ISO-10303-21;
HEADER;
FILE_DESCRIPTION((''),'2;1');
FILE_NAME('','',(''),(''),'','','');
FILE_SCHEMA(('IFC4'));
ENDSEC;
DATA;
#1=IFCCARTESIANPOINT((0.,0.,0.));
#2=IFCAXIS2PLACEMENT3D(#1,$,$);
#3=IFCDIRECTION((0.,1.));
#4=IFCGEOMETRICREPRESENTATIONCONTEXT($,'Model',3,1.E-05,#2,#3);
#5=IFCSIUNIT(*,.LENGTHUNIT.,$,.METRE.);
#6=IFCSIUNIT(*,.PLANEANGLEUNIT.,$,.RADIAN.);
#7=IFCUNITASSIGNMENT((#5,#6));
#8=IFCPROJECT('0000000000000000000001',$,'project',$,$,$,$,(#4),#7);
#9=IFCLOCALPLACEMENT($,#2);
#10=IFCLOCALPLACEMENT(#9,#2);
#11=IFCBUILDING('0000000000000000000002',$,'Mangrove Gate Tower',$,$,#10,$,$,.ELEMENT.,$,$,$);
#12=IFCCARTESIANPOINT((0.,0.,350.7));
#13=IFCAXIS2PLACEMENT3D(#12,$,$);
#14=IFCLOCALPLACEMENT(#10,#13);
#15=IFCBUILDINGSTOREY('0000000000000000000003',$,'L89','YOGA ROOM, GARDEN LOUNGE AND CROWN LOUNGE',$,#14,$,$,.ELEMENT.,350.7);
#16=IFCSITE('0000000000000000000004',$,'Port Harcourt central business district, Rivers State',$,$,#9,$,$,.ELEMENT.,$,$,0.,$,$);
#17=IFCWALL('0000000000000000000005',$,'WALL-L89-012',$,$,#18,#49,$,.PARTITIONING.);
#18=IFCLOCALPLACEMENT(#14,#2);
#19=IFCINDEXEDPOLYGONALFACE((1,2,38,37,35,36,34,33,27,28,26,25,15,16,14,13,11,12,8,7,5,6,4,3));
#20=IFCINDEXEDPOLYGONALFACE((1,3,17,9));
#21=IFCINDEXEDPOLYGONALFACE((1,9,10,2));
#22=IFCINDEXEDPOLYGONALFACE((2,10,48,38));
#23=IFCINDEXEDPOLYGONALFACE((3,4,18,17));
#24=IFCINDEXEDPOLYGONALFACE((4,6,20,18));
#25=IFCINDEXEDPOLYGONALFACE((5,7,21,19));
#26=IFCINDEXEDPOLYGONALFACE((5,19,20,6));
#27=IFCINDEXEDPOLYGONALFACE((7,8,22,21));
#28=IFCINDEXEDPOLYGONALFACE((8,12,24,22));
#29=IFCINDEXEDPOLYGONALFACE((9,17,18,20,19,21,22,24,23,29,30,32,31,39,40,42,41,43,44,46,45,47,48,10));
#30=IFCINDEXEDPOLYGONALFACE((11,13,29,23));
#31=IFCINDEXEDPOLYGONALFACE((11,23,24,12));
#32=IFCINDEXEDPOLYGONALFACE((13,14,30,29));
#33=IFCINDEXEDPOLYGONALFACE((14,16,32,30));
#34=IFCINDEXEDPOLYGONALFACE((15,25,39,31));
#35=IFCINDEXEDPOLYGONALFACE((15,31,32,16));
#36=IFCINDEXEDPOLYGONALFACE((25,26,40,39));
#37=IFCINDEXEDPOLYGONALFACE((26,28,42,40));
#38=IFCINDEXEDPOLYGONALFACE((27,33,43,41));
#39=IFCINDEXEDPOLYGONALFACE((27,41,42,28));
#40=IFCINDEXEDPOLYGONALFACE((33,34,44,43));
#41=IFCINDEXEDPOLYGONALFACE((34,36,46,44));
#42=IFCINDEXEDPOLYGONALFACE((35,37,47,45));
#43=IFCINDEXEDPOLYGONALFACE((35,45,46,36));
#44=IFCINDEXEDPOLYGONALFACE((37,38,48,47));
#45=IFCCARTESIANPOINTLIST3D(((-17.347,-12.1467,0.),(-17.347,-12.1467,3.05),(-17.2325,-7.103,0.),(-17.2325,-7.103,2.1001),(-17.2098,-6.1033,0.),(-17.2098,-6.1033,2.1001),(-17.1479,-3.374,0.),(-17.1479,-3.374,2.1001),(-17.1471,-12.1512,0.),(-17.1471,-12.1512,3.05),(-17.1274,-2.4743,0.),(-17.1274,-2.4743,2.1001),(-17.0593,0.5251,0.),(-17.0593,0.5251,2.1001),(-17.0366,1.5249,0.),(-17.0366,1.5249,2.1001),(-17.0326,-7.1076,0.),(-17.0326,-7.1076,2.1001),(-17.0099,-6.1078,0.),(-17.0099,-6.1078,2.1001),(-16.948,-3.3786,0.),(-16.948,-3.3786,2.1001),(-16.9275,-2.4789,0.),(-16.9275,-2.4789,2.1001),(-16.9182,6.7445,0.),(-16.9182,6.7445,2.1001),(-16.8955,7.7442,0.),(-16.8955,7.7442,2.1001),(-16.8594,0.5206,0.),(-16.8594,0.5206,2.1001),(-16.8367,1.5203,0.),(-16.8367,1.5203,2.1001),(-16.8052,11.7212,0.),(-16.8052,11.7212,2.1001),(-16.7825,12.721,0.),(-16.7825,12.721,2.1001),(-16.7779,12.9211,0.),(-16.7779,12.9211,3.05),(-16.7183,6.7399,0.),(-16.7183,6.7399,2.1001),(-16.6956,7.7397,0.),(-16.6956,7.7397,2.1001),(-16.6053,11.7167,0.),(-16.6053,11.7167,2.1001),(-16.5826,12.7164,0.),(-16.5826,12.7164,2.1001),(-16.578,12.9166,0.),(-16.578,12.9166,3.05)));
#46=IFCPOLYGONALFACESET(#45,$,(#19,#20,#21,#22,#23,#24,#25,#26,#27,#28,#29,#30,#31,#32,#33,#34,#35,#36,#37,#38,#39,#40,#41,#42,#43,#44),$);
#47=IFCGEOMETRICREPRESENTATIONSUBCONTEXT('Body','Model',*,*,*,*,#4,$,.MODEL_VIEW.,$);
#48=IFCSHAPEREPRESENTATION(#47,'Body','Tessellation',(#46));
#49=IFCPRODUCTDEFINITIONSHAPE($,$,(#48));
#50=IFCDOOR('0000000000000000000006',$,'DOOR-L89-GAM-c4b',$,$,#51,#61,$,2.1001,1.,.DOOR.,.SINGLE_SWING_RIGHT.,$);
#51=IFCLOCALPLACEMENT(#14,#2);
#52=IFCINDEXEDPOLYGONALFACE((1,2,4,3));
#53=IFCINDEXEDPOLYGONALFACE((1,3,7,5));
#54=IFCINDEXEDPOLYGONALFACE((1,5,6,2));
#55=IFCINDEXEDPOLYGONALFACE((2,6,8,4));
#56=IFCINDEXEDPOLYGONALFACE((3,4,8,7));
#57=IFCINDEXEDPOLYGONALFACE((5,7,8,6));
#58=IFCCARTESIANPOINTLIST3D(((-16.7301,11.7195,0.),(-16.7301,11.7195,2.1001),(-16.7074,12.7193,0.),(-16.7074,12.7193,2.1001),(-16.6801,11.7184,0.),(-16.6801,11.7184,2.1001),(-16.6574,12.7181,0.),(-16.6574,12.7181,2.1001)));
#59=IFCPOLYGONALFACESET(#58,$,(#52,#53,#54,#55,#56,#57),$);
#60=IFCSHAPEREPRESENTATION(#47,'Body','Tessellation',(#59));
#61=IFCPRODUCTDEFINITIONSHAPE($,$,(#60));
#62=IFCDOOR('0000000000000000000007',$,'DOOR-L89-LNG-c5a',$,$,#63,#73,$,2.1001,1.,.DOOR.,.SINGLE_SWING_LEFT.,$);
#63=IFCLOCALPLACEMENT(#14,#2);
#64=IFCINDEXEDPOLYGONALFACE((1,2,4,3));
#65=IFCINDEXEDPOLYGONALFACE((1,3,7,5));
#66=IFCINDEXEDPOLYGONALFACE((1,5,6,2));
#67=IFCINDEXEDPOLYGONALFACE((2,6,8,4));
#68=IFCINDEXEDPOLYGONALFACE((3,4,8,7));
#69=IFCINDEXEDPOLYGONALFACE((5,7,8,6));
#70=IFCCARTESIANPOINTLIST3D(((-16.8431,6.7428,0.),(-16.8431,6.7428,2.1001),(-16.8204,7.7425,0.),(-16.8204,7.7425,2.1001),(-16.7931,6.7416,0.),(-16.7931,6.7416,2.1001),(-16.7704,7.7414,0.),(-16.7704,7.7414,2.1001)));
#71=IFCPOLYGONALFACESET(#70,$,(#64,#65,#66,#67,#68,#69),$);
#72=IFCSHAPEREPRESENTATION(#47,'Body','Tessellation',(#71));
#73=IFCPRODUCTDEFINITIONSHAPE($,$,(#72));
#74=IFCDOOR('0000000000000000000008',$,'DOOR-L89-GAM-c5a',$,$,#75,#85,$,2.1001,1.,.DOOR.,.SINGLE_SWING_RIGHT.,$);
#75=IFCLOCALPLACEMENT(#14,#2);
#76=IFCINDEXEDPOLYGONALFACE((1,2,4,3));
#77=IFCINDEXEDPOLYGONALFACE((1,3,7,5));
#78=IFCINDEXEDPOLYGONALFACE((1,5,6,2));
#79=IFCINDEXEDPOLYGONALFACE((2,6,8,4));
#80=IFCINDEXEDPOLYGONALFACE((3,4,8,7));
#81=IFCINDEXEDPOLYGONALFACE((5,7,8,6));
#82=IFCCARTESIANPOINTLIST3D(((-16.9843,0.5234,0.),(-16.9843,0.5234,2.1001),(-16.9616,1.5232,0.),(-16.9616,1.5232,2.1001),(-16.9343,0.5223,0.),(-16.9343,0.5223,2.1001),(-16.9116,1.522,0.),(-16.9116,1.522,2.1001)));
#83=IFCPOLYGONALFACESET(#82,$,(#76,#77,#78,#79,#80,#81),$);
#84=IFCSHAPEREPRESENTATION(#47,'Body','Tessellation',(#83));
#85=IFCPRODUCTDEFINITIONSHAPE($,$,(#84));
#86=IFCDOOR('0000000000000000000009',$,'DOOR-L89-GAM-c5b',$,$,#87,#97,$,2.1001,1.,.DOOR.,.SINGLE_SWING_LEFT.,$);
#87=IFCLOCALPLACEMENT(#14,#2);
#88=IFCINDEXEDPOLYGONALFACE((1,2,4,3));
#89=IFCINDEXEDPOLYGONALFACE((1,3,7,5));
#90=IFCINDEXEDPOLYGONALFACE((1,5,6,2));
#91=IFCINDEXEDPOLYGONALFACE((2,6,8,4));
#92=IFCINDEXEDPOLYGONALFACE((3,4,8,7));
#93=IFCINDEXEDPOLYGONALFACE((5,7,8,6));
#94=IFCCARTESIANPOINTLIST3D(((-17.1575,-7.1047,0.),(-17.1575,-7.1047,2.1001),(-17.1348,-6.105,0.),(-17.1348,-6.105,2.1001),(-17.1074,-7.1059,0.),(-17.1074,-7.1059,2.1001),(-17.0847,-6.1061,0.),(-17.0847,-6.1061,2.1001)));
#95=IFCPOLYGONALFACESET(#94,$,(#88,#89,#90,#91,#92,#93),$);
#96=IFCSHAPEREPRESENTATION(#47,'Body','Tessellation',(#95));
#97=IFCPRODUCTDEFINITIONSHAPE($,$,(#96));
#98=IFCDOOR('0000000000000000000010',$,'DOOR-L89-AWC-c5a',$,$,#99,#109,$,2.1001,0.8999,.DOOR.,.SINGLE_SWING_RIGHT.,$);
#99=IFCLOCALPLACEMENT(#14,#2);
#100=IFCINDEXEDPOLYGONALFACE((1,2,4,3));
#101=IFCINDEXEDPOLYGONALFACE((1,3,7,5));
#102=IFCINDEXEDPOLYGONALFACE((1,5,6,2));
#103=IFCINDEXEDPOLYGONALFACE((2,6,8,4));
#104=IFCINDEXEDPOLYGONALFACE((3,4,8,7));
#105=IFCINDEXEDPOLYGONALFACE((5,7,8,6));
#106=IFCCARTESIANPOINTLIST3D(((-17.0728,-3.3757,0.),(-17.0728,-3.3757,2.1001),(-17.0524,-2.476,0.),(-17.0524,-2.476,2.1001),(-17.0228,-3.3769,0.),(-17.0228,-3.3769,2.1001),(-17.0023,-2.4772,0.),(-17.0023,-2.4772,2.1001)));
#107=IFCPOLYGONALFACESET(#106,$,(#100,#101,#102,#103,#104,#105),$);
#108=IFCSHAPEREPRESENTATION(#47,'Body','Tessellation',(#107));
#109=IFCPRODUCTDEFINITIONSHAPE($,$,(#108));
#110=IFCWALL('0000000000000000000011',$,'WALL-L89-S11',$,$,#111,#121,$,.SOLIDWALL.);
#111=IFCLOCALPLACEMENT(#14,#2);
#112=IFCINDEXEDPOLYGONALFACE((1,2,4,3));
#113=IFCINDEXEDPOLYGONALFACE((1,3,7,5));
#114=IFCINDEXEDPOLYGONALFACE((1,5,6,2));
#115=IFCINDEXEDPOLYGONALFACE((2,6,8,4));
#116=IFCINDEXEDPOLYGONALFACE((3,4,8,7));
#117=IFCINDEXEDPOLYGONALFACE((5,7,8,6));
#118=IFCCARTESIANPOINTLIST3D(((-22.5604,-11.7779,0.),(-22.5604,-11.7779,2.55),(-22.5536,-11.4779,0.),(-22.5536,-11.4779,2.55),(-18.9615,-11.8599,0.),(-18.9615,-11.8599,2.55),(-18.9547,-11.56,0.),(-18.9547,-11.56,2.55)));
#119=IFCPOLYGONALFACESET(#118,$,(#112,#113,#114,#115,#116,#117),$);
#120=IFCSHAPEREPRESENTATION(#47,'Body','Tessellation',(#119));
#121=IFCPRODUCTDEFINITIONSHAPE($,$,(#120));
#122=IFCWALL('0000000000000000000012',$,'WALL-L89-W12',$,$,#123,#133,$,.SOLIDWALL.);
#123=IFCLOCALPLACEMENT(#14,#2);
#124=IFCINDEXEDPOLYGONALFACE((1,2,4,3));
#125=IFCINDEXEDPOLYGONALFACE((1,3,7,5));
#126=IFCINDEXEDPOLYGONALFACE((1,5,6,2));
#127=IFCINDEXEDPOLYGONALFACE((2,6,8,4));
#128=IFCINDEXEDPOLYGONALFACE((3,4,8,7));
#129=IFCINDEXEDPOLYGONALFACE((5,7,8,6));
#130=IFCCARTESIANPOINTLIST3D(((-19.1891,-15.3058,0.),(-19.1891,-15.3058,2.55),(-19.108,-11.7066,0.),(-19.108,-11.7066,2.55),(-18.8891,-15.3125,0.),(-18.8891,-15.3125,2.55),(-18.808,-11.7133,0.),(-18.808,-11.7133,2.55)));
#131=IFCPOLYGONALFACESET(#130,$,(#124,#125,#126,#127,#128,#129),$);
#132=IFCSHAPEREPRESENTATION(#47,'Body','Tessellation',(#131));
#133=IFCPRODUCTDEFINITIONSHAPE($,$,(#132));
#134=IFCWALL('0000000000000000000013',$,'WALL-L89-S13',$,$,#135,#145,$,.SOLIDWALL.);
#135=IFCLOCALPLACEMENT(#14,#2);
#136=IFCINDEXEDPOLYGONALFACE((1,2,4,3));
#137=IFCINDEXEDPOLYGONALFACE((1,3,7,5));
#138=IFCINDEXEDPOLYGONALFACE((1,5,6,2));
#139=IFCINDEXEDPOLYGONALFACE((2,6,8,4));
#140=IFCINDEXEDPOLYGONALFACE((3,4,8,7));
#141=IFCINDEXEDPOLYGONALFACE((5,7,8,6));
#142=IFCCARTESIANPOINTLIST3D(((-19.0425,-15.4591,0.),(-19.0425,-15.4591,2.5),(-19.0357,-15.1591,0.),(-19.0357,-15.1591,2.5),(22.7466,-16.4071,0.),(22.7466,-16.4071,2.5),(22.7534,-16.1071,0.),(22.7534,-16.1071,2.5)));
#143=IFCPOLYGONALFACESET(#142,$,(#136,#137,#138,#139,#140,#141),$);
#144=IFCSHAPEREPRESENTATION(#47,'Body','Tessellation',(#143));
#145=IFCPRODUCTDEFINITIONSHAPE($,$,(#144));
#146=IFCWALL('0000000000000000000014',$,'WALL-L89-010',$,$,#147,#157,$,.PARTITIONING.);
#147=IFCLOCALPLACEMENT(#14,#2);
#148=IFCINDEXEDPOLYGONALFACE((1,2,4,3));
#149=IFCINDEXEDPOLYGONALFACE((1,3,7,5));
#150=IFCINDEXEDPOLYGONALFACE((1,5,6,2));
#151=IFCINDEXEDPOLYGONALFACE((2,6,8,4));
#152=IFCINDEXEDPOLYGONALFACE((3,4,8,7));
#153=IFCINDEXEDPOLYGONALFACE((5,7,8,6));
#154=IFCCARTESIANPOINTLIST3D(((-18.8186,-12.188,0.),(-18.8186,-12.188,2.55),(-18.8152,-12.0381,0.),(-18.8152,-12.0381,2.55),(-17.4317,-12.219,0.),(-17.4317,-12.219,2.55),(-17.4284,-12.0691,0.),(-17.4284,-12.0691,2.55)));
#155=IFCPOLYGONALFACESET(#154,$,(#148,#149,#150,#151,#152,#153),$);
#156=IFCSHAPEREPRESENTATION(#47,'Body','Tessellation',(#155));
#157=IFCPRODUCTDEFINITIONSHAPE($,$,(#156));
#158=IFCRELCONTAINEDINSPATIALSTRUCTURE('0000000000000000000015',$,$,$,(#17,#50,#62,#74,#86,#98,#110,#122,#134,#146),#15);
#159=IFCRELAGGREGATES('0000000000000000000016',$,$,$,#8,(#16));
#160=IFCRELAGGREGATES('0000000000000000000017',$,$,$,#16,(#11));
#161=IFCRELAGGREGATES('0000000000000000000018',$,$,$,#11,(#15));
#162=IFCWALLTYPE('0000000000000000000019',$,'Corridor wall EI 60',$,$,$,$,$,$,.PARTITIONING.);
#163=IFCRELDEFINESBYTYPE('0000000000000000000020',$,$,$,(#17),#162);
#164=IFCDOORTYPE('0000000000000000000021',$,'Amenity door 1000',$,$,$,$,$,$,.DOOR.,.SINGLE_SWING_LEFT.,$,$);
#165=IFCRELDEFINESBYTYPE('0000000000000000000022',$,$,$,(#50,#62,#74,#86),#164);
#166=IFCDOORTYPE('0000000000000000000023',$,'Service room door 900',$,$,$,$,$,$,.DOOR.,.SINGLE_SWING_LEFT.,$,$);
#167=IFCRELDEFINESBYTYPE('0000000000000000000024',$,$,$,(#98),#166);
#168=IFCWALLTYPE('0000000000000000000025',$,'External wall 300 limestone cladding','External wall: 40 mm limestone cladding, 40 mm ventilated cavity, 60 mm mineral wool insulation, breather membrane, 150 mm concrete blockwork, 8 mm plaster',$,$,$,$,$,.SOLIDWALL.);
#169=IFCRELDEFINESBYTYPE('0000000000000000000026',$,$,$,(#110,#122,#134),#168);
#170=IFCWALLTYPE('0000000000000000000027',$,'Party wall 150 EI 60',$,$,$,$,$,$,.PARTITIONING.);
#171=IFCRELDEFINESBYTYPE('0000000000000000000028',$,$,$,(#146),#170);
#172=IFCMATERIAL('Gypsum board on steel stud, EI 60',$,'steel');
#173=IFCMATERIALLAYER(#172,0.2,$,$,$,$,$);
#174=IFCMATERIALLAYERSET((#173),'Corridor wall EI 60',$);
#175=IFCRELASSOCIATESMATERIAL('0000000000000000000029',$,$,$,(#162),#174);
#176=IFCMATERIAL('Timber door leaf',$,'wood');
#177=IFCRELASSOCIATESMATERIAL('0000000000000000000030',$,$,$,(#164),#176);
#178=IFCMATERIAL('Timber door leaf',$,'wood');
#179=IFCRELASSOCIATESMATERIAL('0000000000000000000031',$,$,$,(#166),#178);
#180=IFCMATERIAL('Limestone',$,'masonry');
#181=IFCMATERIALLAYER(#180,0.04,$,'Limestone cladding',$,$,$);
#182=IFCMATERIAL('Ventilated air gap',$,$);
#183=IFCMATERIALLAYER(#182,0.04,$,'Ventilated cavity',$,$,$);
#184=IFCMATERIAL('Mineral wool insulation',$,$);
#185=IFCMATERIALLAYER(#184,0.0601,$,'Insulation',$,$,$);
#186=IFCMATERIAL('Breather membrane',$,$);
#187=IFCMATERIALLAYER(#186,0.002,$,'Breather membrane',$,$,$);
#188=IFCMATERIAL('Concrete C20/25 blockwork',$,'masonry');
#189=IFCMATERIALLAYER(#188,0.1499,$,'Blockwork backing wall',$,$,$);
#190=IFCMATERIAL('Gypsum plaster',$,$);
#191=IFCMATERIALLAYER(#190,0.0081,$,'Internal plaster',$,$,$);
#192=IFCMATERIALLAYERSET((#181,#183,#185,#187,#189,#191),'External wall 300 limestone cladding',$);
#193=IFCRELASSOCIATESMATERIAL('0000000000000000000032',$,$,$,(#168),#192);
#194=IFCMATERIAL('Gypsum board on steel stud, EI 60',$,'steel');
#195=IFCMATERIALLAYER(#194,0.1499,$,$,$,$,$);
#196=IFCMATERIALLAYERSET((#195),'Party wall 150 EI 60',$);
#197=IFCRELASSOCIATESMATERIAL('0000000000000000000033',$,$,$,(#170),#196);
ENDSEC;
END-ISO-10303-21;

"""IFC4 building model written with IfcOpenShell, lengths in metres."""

from ifc_helpers import new_model, si_unit, direction, frame, frame_2d, origin, place, context, subcontext, project, spatial, rectangle, extrude, material, layer, layer_set, type_object, element, fill, save


model = new_model("IFC4")

# Units and contexts
model_context = context("Model", 3, precision=1e-05, world=origin(), true_north=direction((0.0, 1.0)))
body_context = subcontext(model_context, "Body", "Model", "MODEL_VIEW")
ifc_project = project(units=[si_unit("LENGTHUNIT", "METRE"), si_unit("PLANEANGLEUNIT", "RADIAN")], contexts=[model_context])

# Site, building, storey
site_placement = place(None, origin())
site = spatial("IfcSite", under=ifc_project, at=site_placement, Name="Port Harcourt central business district, Rivers State", CompositionType="ELEMENT", RefElevation=0.0)
building_placement = place(site_placement, origin())
building = spatial("IfcBuilding", under=site, at=building_placement, Name="Mangrove Gate Tower", CompositionType="ELEMENT")
storey_placement = place(building_placement, frame((0.0, 0.0, 350.7)))
storey = spatial("IfcBuildingStorey", under=building, at=storey_placement, Name="L89", Description="YOGA ROOM, GARDEN LOUNGE AND CROWN LOUNGE", CompositionType="ELEMENT", Elevation=350.7)

# Shared definitions
ifc_material_1 = material(Name="Gypsum board on steel stud, EI 60", Category="steel")
ifc_layer_1 = layer(ifc_material_1, 0.2)
ifc_layer_set_1 = layer_set([ifc_layer_1], Name="Corridor wall EI 60")
wall_type_1 = type_object("IfcWallType", Name="Corridor wall EI 60", PredefinedType="PARTITIONING", material=ifc_layer_set_1)

# Shared definitions
ifc_material_2 = material(Name="Timber door leaf", Category="wood")
door_type_1 = type_object("IfcDoorType", Name="Amenity door 1000", OperationType="SINGLE_SWING_LEFT", PredefinedType="DOOR", material=ifc_material_2)
ifc_material_3 = material(Name="Timber door leaf", Category="wood")
door_type_2 = type_object("IfcDoorType", Name="Service room door 900", OperationType="SINGLE_SWING_LEFT", PredefinedType="DOOR", material=ifc_material_3)

# Wall, openings, doors
wall_1_placement = place(storey_placement, frame((-17.2471, -12.1489, 0.0), z_axis=(0.0, 0.0, 1.0), x_axis=(0.022696, 0.999742, 0.0)))
wall_1 = element("IfcWall", 1, at=wall_1_placement, inside=storey, type_object=wall_type_1, Name="WALL-L89-012", PredefinedType="PARTITIONING", context=body_context, shape_type="SweptSolid", body=[
    extrude(rectangle(XDim=25.0742, YDim=0.2, at=frame_2d((12.5371, 0.0))), origin(), (0.0, 0.0, 1.0), 3.05),
])
opening_1_placement = place(wall_1_placement, frame((23.874, 0.0, 0.0)))
opening_1 = element("IfcOpeningElement", 2, at=opening_1_placement, cuts=wall_1, PredefinedType="OPENING", context=body_context, shape_type="SweptSolid", body=[
    extrude(rectangle(XDim=1.0, YDim=2.1001, at=frame_2d((0.5, 1.05))), frame((0.0, 0.1099, 0.0), z_axis=(0.0, -1.0, 0.0), x_axis=(1.0, 0.0, 0.0)), (0.0, 0.0, 1.0), 0.22),
])
opening_2_placement = place(wall_1_placement, frame((18.896, 0.0, 0.0)))
opening_2 = element("IfcOpeningElement", 3, at=opening_2_placement, cuts=wall_1, PredefinedType="OPENING", context=body_context, shape_type="SweptSolid", body=[
    extrude(rectangle(XDim=1.0, YDim=2.1001, at=frame_2d((0.5, 1.05))), frame((0.0, 0.1099, 0.0), z_axis=(0.0, -1.0, 0.0), x_axis=(1.0, 0.0, 0.0)), (0.0, 0.0, 1.0), 0.22),
])
opening_3_placement = place(wall_1_placement, frame((12.675, 0.0, 0.0)))
opening_3 = element("IfcOpeningElement", 4, at=opening_3_placement, cuts=wall_1, PredefinedType="OPENING", context=body_context, shape_type="SweptSolid", body=[
    extrude(rectangle(XDim=1.0, YDim=2.1001, at=frame_2d((0.5, 1.05))), frame((0.0, 0.1099, 0.0), z_axis=(0.0, -1.0, 0.0), x_axis=(1.0, 0.0, 0.0)), (0.0, 0.0, 1.0), 0.22),
])
opening_4_placement = place(wall_1_placement, frame((8.7749, 0.0, 0.0)))
opening_4 = element("IfcOpeningElement", 5, at=opening_4_placement, cuts=wall_1, PredefinedType="OPENING", context=body_context, shape_type="SweptSolid", body=[
    extrude(rectangle(XDim=0.8999, YDim=2.1001, at=frame_2d((0.45, 1.05))), frame((0.0, 0.1099, 0.0), z_axis=(0.0, -1.0, 0.0), x_axis=(1.0, 0.0, 0.0)), (0.0, 0.0, 1.0), 0.22),
])
opening_5_placement = place(wall_1_placement, frame((5.0449, 0.0, 0.0)))
opening_5 = element("IfcOpeningElement", 6, at=opening_5_placement, cuts=wall_1, PredefinedType="OPENING", context=body_context, shape_type="SweptSolid", body=[
    extrude(rectangle(XDim=1.0, YDim=2.1001, at=frame_2d((0.5, 1.05))), frame((0.0, 0.1099, 0.0), z_axis=(0.0, -1.0, 0.0), x_axis=(1.0, 0.0, 0.0)), (0.0, 0.0, 1.0), 0.22),
])
door_1_placement = place(opening_1_placement, origin())
door_1 = element("IfcDoor", 7, at=door_1_placement, inside=storey, type_object=door_type_1, Name="DOOR-L89-GAM-c4b", OperationType="SINGLE_SWING_RIGHT", OverallHeight=2.1001, OverallWidth=1.0, PredefinedType="DOOR", context=body_context, shape_type="SweptSolid", body=[
    extrude(rectangle(XDim=1.0, YDim=2.1001, at=frame_2d((0.5, 1.05))), frame((0.0, 0.0249, 0.0), z_axis=(0.0, -1.0, 0.0), x_axis=(1.0, 0.0, 0.0)), (0.0, 0.0, 1.0), 0.05),
])
fill(opening_1, door_1)
door_2_placement = place(opening_2_placement, origin())
door_2 = element("IfcDoor", 8, at=door_2_placement, inside=storey, type_object=door_type_1, Name="DOOR-L89-LNG-c5a", OperationType="SINGLE_SWING_LEFT", OverallHeight=2.1001, OverallWidth=1.0, PredefinedType="DOOR", context=body_context, shape_type="SweptSolid", body=[
    extrude(rectangle(XDim=1.0, YDim=2.1001, at=frame_2d((0.5, 1.05))), frame((0.0, 0.0249, 0.0), z_axis=(0.0, -1.0, 0.0), x_axis=(1.0, 0.0, 0.0)), (0.0, 0.0, 1.0), 0.05),
])
fill(opening_2, door_2)
door_3_placement = place(opening_3_placement, origin())
door_3 = element("IfcDoor", 9, at=door_3_placement, inside=storey, type_object=door_type_1, Name="DOOR-L89-GAM-c5a", OperationType="SINGLE_SWING_RIGHT", OverallHeight=2.1001, OverallWidth=1.0, PredefinedType="DOOR", context=body_context, shape_type="SweptSolid", body=[
    extrude(rectangle(XDim=1.0, YDim=2.1001, at=frame_2d((0.5, 1.05))), frame((0.0, 0.0249, 0.0), z_axis=(0.0, -1.0, 0.0), x_axis=(1.0, 0.0, 0.0)), (0.0, 0.0, 1.0), 0.05),
])
fill(opening_3, door_3)
door_4_placement = place(opening_5_placement, origin())
door_4 = element("IfcDoor", 10, at=door_4_placement, inside=storey, type_object=door_type_1, Name="DOOR-L89-GAM-c5b", OperationType="SINGLE_SWING_LEFT", OverallHeight=2.1001, OverallWidth=1.0, PredefinedType="DOOR", context=body_context, shape_type="SweptSolid", body=[
    extrude(rectangle(XDim=1.0, YDim=2.1001, at=frame_2d((0.5, 1.05))), frame((0.0, 0.0249, 0.0), z_axis=(0.0, -1.0, 0.0), x_axis=(1.0, 0.0, 0.0)), (0.0, 0.0, 1.0), 0.05),
])
fill(opening_5, door_4)
door_5_placement = place(opening_4_placement, origin())
door_5 = element("IfcDoor", 11, at=door_5_placement, inside=storey, type_object=door_type_2, Name="DOOR-L89-AWC-c5a", OperationType="SINGLE_SWING_RIGHT", OverallHeight=2.1001, OverallWidth=0.8999, PredefinedType="DOOR", context=body_context, shape_type="SweptSolid", body=[
    extrude(rectangle(XDim=0.8999, YDim=2.1001, at=frame_2d((0.45, 1.05))), frame((0.0, 0.0249, 0.0), z_axis=(0.0, -1.0, 0.0), x_axis=(1.0, 0.0, 0.0)), (0.0, 0.0, 1.0), 0.05),
])
fill(opening_4, door_5)

# Walls
ifc_material_4 = material(Name="Limestone", Category="masonry")
ifc_layer_2 = layer(ifc_material_4, 0.04, Name="Limestone cladding")
ifc_material_5 = material(Name="Ventilated air gap")
ifc_layer_3 = layer(ifc_material_5, 0.04, Name="Ventilated cavity")
ifc_material_6 = material(Name="Mineral wool insulation")
ifc_layer_4 = layer(ifc_material_6, 0.0601, Name="Insulation")
ifc_material_7 = material(Name="Breather membrane")
ifc_layer_5 = layer(ifc_material_7, 0.002, Name="Breather membrane")
ifc_material_8 = material(Name="Concrete C20/25 blockwork", Category="masonry")
ifc_layer_6 = layer(ifc_material_8, 0.1499, Name="Blockwork backing wall")
ifc_material_9 = material(Name="Gypsum plaster")
ifc_layer_7 = layer(ifc_material_9, 0.0081, Name="Internal plaster")
ifc_layer_set_2 = layer_set([ifc_layer_2, ifc_layer_3, ifc_layer_4, ifc_layer_5, ifc_layer_6, ifc_layer_7], Name="External wall 300 limestone cladding")
wall_type_2 = type_object("IfcWallType", Name="External wall 300 limestone cladding", Description="External wall: 40 mm limestone cladding, 40 mm ventilated cavity, 60 mm mineral wool insulation, breather membrane, 150 mm concrete blockwork, 8 mm plaster", PredefinedType="SOLIDWALL", material=ifc_layer_set_2)
wall_2_placement = place(storey_placement, frame((-22.5569, -11.6279, 0.0), z_axis=(0.0, 0.0, 1.0), x_axis=(0.99974, -0.022788, 0.0)))
element("IfcWall", 12, at=wall_2_placement, inside=storey, type_object=wall_type_2, Name="WALL-L89-S11", PredefinedType="SOLIDWALL", context=body_context, shape_type="SweptSolid", body=[
    extrude(rectangle(XDim=3.5999, YDim=0.3, at=frame_2d((1.7998, 0.0))), origin(), (0.0, 0.0, 1.0), 2.55),
])
wall_3_placement = place(storey_placement, frame((-18.958, -11.71, 0.0), z_axis=(0.0, 0.0, 1.0), x_axis=(-0.022515, -0.999747, 0.0)))
element("IfcWall", 13, at=wall_3_placement, inside=storey, type_object=wall_type_2, Name="WALL-L89-W12", PredefinedType="SOLIDWALL", context=body_context, shape_type="SweptSolid", body=[
    extrude(rectangle(XDim=3.6001, YDim=0.3, at=frame_2d((1.8, 0.0))), origin(), (0.0, 0.0, 1.0), 2.55),
])
wall_4_placement = place(storey_placement, frame((-19.0391, -15.3091, 0.0), z_axis=(0.0, 0.0, 1.0), x_axis=(0.999743, -0.022679, 0.0)))
element("IfcWall", 14, at=wall_4_placement, inside=storey, type_object=wall_type_2, Name="WALL-L89-S13", PredefinedType="SOLIDWALL", context=body_context, shape_type="SweptSolid", body=[
    extrude(rectangle(XDim=41.7998, YDim=0.3, at=frame_2d((20.8999, 0.0))), origin(), (0.0, 0.0, 1.0), 2.5),
])
ifc_material_10 = material(Name="Gypsum board on steel stud, EI 60", Category="steel")
ifc_layer_8 = layer(ifc_material_10, 0.1499)
ifc_layer_set_3 = layer_set([ifc_layer_8], Name="Party wall 150 EI 60")
wall_type_3 = type_object("IfcWallType", Name="Party wall 150 EI 60", PredefinedType="PARTITIONING", material=ifc_layer_set_3)
wall_5_placement = place(storey_placement, frame((-18.8169, -12.113, 0.0), z_axis=(0.0, 0.0, 1.0), x_axis=(0.99975, -0.02235, 0.0)))
element("IfcWall", 15, at=wall_5_placement, inside=storey, type_object=wall_type_3, Name="WALL-L89-010", PredefinedType="PARTITIONING", context=body_context, shape_type="SweptSolid", body=[
    extrude(rectangle(XDim=1.3872, YDim=0.1499, at=frame_2d((0.6936, 0.0))), origin(), (0.0, 0.0, 1.0), 2.55),
])

save(model, "model.ifc")
